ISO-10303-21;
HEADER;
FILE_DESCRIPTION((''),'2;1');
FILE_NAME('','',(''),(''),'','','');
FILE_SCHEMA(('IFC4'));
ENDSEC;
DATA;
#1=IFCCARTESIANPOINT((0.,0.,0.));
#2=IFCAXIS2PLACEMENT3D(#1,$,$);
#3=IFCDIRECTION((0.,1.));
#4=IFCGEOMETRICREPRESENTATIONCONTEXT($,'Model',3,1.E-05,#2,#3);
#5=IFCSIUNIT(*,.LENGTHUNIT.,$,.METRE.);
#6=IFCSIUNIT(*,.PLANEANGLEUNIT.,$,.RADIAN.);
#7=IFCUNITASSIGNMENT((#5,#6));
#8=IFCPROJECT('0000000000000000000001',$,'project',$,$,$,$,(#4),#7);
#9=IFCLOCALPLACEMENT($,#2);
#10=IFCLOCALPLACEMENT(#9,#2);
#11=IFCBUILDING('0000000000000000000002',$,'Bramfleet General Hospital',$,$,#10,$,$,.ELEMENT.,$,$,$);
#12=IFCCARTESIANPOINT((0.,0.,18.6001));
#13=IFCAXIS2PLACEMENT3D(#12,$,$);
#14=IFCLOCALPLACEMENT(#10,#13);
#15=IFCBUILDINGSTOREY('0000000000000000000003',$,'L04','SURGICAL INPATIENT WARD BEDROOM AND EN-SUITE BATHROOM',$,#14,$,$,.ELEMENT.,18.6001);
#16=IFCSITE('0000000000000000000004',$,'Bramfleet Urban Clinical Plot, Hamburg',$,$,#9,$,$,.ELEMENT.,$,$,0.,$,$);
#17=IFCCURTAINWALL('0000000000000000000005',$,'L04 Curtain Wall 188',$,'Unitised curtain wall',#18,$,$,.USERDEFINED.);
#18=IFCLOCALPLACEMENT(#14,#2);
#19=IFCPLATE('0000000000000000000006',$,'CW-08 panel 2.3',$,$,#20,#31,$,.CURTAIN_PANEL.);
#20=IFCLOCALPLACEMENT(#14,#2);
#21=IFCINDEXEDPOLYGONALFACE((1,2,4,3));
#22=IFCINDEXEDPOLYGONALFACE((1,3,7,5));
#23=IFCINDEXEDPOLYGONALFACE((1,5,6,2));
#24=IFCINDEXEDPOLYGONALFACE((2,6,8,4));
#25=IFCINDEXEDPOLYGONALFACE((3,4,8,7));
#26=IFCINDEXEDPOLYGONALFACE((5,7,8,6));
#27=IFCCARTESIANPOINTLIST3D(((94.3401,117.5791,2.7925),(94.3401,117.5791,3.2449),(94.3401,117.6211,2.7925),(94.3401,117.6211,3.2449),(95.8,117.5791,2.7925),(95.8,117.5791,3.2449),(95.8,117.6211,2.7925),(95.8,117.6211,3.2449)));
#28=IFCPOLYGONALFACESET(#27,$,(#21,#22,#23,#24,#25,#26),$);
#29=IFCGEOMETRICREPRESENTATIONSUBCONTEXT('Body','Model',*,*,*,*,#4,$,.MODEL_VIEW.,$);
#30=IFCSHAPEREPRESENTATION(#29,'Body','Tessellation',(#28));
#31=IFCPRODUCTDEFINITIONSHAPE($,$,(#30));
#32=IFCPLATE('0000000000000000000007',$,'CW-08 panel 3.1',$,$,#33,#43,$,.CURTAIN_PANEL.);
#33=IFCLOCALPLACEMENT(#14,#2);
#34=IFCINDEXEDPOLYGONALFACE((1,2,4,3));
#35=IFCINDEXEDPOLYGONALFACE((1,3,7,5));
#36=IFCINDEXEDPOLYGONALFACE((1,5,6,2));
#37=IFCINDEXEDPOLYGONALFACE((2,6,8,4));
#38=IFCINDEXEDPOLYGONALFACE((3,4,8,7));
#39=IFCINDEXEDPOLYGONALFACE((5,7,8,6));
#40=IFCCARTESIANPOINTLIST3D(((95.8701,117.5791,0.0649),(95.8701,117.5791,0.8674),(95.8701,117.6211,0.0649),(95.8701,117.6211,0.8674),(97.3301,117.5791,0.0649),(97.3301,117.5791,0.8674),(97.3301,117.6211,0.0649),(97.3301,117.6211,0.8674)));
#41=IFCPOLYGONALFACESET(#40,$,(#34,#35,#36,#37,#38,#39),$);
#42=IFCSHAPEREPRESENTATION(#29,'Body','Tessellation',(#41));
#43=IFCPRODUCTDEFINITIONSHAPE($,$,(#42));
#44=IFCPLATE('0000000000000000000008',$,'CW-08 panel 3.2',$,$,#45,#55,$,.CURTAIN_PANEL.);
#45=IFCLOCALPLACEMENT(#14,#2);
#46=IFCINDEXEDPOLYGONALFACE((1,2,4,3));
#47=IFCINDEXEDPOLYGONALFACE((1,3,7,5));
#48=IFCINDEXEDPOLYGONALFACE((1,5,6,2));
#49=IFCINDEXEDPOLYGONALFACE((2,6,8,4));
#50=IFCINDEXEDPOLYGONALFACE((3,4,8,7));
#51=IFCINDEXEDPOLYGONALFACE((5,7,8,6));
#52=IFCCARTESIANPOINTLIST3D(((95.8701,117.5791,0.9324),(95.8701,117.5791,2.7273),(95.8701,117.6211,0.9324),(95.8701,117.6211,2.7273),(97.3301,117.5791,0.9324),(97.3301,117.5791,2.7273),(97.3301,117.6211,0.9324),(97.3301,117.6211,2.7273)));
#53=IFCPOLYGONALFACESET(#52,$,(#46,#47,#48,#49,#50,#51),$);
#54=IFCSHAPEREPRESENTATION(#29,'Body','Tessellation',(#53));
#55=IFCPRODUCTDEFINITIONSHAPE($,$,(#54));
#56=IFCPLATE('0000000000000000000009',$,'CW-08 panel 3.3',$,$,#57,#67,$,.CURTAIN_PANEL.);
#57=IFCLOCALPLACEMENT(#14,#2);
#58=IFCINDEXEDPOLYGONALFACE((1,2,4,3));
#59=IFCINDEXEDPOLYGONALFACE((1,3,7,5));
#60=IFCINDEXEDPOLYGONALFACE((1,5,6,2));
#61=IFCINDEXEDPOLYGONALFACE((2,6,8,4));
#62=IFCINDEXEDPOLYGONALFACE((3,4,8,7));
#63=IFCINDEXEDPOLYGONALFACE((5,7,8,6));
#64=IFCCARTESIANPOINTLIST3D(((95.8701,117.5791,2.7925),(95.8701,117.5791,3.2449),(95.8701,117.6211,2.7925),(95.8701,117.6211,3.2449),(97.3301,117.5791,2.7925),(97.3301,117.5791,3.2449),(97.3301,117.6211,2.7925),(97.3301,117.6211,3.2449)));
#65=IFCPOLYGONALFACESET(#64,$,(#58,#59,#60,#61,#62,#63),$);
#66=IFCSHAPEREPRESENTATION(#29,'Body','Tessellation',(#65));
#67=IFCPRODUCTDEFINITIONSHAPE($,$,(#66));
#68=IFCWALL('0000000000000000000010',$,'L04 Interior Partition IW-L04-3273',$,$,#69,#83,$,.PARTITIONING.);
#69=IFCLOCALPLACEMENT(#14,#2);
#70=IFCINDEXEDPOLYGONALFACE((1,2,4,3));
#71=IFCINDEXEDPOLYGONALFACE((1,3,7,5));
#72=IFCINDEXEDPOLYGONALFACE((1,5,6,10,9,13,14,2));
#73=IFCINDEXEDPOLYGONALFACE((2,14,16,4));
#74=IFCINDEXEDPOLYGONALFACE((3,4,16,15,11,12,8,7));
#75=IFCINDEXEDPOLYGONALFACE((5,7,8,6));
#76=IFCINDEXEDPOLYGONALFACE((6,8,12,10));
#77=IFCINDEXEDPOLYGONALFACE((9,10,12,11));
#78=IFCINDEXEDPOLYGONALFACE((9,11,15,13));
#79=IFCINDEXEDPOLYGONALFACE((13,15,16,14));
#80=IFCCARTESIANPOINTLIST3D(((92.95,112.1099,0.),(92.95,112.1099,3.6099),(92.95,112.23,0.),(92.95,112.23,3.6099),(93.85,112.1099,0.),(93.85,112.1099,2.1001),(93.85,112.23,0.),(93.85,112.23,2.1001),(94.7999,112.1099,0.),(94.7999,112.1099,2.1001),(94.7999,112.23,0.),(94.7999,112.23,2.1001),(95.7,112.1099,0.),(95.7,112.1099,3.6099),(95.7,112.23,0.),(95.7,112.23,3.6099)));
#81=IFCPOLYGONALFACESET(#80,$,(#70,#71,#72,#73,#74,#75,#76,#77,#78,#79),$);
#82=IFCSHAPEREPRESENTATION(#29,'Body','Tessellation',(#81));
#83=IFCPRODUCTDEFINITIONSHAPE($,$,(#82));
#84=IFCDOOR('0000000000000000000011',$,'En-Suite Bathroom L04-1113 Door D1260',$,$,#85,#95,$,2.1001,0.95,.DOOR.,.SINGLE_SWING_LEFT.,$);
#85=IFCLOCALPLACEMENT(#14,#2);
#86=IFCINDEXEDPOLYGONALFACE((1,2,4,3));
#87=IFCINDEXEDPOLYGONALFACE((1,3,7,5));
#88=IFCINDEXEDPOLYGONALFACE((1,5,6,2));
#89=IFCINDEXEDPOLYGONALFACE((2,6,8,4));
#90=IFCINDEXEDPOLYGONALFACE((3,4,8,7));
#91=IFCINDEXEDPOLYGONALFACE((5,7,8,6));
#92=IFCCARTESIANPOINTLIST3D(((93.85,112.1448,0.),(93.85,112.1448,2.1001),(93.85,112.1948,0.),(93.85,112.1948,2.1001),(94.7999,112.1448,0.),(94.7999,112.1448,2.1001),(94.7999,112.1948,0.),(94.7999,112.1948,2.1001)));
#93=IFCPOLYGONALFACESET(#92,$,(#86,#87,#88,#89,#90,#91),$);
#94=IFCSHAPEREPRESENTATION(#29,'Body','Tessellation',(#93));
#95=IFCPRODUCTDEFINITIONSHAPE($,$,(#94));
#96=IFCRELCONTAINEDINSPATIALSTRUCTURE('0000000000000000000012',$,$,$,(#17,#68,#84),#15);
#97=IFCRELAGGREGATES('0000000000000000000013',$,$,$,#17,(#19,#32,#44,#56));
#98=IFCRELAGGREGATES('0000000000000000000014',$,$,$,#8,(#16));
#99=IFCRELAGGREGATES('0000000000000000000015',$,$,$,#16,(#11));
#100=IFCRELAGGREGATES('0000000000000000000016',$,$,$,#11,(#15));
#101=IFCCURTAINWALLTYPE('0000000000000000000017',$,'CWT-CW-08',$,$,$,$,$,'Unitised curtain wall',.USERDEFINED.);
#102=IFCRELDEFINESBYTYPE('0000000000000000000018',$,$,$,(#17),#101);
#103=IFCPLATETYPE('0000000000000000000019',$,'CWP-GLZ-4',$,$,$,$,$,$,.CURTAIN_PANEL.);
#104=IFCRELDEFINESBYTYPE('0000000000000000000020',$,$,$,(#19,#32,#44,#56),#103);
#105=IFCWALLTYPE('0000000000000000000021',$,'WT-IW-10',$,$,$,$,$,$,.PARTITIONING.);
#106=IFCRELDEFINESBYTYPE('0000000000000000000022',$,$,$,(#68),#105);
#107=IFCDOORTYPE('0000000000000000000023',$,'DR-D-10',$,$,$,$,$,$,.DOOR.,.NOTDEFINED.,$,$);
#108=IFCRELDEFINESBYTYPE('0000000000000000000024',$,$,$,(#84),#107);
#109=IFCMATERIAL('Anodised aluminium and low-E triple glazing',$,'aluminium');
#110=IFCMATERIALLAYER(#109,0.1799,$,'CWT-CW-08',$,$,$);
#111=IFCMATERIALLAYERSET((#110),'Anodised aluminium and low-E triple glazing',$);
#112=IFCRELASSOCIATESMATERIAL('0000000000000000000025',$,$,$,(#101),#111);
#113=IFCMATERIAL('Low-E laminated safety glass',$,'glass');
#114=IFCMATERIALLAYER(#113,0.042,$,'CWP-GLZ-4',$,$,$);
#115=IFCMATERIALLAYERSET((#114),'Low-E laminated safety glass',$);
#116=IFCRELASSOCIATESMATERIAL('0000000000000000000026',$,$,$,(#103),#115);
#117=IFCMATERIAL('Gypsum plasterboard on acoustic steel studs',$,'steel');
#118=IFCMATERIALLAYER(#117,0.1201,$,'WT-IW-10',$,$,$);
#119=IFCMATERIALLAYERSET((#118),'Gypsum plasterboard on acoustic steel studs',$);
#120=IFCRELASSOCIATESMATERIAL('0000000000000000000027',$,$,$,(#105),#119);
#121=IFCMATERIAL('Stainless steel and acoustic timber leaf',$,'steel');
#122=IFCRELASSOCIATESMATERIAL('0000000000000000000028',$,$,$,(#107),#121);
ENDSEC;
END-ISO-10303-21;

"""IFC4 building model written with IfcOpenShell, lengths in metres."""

from ifc_helpers import new_model, si_unit, direction, frame, frame_2d, origin, origin_2d, place, context, subcontext, project, spatial, rectangle, extrude, material, layer, layer_set, type_object, element, fill, aggregate, save


model = new_model("IFC4")

# Units and contexts
model_context = context("Model", 3, precision=1e-05, world=origin(), true_north=direction((0.0, 1.0)))
body_context = subcontext(model_context, "Body", "Model", "MODEL_VIEW")
ifc_project = project(units=[si_unit("LENGTHUNIT", "METRE"), si_unit("PLANEANGLEUNIT", "RADIAN")], contexts=[model_context])

# Site, building, storey
site_placement = place(None, origin())
site = spatial("IfcSite", under=ifc_project, at=site_placement, Name="Bramfleet Urban Clinical Plot, Hamburg", CompositionType="ELEMENT", RefElevation=0.0)
building_placement = place(site_placement, origin())
building = spatial("IfcBuilding", under=site, at=building_placement, Name="Bramfleet General Hospital", CompositionType="ELEMENT")
storey_placement = place(building_placement, frame((0.0, 0.0, 18.6001)))
storey = spatial("IfcBuildingStorey", under=building, at=storey_placement, Name="L04", Description="SURGICAL INPATIENT WARD BEDROOM AND EN-SUITE BATHROOM", CompositionType="ELEMENT", Elevation=18.6001)

# Curtain wall, plates
ifc_material_1 = material(Name="Anodised aluminium and low-E triple glazing", Category="aluminium")
ifc_layer_1 = layer(ifc_material_1, 0.1799, Name="CWT-CW-08")
ifc_layer_set_1 = layer_set([ifc_layer_1], Name="Anodised aluminium and low-E triple glazing")
curtain_wall_type = type_object("IfcCurtainWallType", Name="CWT-CW-08", ElementType="Unitised curtain wall", PredefinedType="USERDEFINED", material=ifc_layer_set_1)
curtain_wall_placement = place(storey_placement, origin())
curtain_wall = element("IfcCurtainWall", 1, at=curtain_wall_placement, inside=storey, type_object=curtain_wall_type, Name="L04 Curtain Wall 188", ObjectType="Unitised curtain wall", PredefinedType="USERDEFINED")
ifc_material_2 = material(Name="Low-E laminated safety glass", Category="glass")
ifc_layer_2 = layer(ifc_material_2, 0.042, Name="CWP-GLZ-4")
ifc_layer_set_2 = layer_set([ifc_layer_2], Name="Low-E laminated safety glass")
plate_type = type_object("IfcPlateType", Name="CWP-GLZ-4", PredefinedType="CURTAIN_PANEL", material=ifc_layer_set_2)
plate_1_placement = place(storey_placement, frame((95.0701, 117.6001, 2.7925), z_axis=(0.0, 0.0, 1.0), x_axis=(1.0, 0.0, 0.0)))
plate_1 = element("IfcPlate", 2, at=plate_1_placement, type_object=plate_type, Name="CW-08 panel 2.3", PredefinedType="CURTAIN_PANEL", context=body_context, shape_type="SweptSolid", body=[
    extrude(rectangle(XDim=1.46, YDim=0.042, at=origin_2d()), origin(), (0.0, 0.0, 1.0), 0.4524),
])
plate_2_placement = place(storey_placement, frame((96.6001, 117.6001, 0.0649), z_axis=(0.0, 0.0, 1.0), x_axis=(1.0, 0.0, 0.0)))
plate_2 = element("IfcPlate", 3, at=plate_2_placement, type_object=plate_type, Name="CW-08 panel 3.1", PredefinedType="CURTAIN_PANEL", context=body_context, shape_type="SweptSolid", body=[
    extrude(rectangle(XDim=1.46, YDim=0.042, at=origin_2d()), origin(), (0.0, 0.0, 1.0), 0.8025),
])
plate_3_placement = place(storey_placement, frame((96.6001, 117.6001, 0.9324), z_axis=(0.0, 0.0, 1.0), x_axis=(1.0, 0.0, 0.0)))
plate_3 = element("IfcPlate", 4, at=plate_3_placement, type_object=plate_type, Name="CW-08 panel 3.2", PredefinedType="CURTAIN_PANEL", context=body_context, shape_type="SweptSolid", body=[
    extrude(rectangle(XDim=1.46, YDim=0.042, at=origin_2d()), origin(), (0.0, 0.0, 1.0), 1.7949),
])
plate_4_placement = place(storey_placement, frame((96.6001, 117.6001, 2.7925), z_axis=(0.0, 0.0, 1.0), x_axis=(1.0, 0.0, 0.0)))
plate_4 = element("IfcPlate", 5, at=plate_4_placement, type_object=plate_type, Name="CW-08 panel 3.3", PredefinedType="CURTAIN_PANEL", context=body_context, shape_type="SweptSolid", body=[
    extrude(rectangle(XDim=1.46, YDim=0.042, at=origin_2d()), origin(), (0.0, 0.0, 1.0), 0.4524),
])
aggregate(curtain_wall, [plate_1, plate_2, plate_3, plate_4])

# Wall, opening, door
ifc_material_3 = material(Name="Gypsum plasterboard on acoustic steel studs", Category="steel")
ifc_layer_3 = layer(ifc_material_3, 0.1201, Name="WT-IW-10")
ifc_layer_set_3 = layer_set([ifc_layer_3], Name="Gypsum plasterboard on acoustic steel studs")
wall_type = type_object("IfcWallType", Name="WT-IW-10", PredefinedType="PARTITIONING", material=ifc_layer_set_3)
wall_placement = place(storey_placement, frame((92.95, 112.1699, 0.0), z_axis=(0.0, 0.0, 1.0), x_axis=(1.0, 0.0, 0.0)))
wall = element("IfcWall", 6, at=wall_placement, inside=storey, type_object=wall_type, Name="L04 Interior Partition IW-L04-3273", PredefinedType="PARTITIONING", context=body_context, shape_type="SweptSolid", body=[
    extrude(rectangle(XDim=2.75, YDim=0.1201, at=frame_2d((1.375, 0.0))), origin(), (0.0, 0.0, 1.0), 3.6099),
])
opening_placement = place(wall_placement, frame((0.8999, 0.0, 0.0)))
opening = element("IfcOpeningElement", 7, at=opening_placement, cuts=wall, PredefinedType="OPENING", context=body_context, shape_type="SweptSolid", body=[
    extrude(rectangle(XDim=0.95, YDim=2.1001, at=frame_2d((0.4751, 1.05))), frame((0.0, 0.0701, 0.0), z_axis=(0.0, -1.0, 0.0), x_axis=(1.0, 0.0, 0.0)), (0.0, 0.0, 1.0), 0.1401),
])
ifc_material_4 = material(Name="Stainless steel and acoustic timber leaf", Category="steel")
door_type = type_object("IfcDoorType", Name="DR-D-10", OperationType="NOTDEFINED", PredefinedType="DOOR", material=ifc_material_4)
door_placement = place(opening_placement, origin())
door = element("IfcDoor", 8, at=door_placement, inside=storey, type_object=door_type, Name="En-Suite Bathroom L04-1113 Door D1260", OperationType="SINGLE_SWING_LEFT", OverallHeight=2.1001, OverallWidth=0.95, PredefinedType="DOOR", context=body_context, shape_type="SweptSolid", body=[
    extrude(rectangle(XDim=0.95, YDim=2.1001, at=frame_2d((0.4751, 1.05))), frame((0.0, 0.0249, 0.0), z_axis=(0.0, -1.0, 0.0), x_axis=(1.0, 0.0, 0.0)), (0.0, 0.0, 1.0), 0.05),
])
fill(opening, door)

save(model, "model.ifc")
